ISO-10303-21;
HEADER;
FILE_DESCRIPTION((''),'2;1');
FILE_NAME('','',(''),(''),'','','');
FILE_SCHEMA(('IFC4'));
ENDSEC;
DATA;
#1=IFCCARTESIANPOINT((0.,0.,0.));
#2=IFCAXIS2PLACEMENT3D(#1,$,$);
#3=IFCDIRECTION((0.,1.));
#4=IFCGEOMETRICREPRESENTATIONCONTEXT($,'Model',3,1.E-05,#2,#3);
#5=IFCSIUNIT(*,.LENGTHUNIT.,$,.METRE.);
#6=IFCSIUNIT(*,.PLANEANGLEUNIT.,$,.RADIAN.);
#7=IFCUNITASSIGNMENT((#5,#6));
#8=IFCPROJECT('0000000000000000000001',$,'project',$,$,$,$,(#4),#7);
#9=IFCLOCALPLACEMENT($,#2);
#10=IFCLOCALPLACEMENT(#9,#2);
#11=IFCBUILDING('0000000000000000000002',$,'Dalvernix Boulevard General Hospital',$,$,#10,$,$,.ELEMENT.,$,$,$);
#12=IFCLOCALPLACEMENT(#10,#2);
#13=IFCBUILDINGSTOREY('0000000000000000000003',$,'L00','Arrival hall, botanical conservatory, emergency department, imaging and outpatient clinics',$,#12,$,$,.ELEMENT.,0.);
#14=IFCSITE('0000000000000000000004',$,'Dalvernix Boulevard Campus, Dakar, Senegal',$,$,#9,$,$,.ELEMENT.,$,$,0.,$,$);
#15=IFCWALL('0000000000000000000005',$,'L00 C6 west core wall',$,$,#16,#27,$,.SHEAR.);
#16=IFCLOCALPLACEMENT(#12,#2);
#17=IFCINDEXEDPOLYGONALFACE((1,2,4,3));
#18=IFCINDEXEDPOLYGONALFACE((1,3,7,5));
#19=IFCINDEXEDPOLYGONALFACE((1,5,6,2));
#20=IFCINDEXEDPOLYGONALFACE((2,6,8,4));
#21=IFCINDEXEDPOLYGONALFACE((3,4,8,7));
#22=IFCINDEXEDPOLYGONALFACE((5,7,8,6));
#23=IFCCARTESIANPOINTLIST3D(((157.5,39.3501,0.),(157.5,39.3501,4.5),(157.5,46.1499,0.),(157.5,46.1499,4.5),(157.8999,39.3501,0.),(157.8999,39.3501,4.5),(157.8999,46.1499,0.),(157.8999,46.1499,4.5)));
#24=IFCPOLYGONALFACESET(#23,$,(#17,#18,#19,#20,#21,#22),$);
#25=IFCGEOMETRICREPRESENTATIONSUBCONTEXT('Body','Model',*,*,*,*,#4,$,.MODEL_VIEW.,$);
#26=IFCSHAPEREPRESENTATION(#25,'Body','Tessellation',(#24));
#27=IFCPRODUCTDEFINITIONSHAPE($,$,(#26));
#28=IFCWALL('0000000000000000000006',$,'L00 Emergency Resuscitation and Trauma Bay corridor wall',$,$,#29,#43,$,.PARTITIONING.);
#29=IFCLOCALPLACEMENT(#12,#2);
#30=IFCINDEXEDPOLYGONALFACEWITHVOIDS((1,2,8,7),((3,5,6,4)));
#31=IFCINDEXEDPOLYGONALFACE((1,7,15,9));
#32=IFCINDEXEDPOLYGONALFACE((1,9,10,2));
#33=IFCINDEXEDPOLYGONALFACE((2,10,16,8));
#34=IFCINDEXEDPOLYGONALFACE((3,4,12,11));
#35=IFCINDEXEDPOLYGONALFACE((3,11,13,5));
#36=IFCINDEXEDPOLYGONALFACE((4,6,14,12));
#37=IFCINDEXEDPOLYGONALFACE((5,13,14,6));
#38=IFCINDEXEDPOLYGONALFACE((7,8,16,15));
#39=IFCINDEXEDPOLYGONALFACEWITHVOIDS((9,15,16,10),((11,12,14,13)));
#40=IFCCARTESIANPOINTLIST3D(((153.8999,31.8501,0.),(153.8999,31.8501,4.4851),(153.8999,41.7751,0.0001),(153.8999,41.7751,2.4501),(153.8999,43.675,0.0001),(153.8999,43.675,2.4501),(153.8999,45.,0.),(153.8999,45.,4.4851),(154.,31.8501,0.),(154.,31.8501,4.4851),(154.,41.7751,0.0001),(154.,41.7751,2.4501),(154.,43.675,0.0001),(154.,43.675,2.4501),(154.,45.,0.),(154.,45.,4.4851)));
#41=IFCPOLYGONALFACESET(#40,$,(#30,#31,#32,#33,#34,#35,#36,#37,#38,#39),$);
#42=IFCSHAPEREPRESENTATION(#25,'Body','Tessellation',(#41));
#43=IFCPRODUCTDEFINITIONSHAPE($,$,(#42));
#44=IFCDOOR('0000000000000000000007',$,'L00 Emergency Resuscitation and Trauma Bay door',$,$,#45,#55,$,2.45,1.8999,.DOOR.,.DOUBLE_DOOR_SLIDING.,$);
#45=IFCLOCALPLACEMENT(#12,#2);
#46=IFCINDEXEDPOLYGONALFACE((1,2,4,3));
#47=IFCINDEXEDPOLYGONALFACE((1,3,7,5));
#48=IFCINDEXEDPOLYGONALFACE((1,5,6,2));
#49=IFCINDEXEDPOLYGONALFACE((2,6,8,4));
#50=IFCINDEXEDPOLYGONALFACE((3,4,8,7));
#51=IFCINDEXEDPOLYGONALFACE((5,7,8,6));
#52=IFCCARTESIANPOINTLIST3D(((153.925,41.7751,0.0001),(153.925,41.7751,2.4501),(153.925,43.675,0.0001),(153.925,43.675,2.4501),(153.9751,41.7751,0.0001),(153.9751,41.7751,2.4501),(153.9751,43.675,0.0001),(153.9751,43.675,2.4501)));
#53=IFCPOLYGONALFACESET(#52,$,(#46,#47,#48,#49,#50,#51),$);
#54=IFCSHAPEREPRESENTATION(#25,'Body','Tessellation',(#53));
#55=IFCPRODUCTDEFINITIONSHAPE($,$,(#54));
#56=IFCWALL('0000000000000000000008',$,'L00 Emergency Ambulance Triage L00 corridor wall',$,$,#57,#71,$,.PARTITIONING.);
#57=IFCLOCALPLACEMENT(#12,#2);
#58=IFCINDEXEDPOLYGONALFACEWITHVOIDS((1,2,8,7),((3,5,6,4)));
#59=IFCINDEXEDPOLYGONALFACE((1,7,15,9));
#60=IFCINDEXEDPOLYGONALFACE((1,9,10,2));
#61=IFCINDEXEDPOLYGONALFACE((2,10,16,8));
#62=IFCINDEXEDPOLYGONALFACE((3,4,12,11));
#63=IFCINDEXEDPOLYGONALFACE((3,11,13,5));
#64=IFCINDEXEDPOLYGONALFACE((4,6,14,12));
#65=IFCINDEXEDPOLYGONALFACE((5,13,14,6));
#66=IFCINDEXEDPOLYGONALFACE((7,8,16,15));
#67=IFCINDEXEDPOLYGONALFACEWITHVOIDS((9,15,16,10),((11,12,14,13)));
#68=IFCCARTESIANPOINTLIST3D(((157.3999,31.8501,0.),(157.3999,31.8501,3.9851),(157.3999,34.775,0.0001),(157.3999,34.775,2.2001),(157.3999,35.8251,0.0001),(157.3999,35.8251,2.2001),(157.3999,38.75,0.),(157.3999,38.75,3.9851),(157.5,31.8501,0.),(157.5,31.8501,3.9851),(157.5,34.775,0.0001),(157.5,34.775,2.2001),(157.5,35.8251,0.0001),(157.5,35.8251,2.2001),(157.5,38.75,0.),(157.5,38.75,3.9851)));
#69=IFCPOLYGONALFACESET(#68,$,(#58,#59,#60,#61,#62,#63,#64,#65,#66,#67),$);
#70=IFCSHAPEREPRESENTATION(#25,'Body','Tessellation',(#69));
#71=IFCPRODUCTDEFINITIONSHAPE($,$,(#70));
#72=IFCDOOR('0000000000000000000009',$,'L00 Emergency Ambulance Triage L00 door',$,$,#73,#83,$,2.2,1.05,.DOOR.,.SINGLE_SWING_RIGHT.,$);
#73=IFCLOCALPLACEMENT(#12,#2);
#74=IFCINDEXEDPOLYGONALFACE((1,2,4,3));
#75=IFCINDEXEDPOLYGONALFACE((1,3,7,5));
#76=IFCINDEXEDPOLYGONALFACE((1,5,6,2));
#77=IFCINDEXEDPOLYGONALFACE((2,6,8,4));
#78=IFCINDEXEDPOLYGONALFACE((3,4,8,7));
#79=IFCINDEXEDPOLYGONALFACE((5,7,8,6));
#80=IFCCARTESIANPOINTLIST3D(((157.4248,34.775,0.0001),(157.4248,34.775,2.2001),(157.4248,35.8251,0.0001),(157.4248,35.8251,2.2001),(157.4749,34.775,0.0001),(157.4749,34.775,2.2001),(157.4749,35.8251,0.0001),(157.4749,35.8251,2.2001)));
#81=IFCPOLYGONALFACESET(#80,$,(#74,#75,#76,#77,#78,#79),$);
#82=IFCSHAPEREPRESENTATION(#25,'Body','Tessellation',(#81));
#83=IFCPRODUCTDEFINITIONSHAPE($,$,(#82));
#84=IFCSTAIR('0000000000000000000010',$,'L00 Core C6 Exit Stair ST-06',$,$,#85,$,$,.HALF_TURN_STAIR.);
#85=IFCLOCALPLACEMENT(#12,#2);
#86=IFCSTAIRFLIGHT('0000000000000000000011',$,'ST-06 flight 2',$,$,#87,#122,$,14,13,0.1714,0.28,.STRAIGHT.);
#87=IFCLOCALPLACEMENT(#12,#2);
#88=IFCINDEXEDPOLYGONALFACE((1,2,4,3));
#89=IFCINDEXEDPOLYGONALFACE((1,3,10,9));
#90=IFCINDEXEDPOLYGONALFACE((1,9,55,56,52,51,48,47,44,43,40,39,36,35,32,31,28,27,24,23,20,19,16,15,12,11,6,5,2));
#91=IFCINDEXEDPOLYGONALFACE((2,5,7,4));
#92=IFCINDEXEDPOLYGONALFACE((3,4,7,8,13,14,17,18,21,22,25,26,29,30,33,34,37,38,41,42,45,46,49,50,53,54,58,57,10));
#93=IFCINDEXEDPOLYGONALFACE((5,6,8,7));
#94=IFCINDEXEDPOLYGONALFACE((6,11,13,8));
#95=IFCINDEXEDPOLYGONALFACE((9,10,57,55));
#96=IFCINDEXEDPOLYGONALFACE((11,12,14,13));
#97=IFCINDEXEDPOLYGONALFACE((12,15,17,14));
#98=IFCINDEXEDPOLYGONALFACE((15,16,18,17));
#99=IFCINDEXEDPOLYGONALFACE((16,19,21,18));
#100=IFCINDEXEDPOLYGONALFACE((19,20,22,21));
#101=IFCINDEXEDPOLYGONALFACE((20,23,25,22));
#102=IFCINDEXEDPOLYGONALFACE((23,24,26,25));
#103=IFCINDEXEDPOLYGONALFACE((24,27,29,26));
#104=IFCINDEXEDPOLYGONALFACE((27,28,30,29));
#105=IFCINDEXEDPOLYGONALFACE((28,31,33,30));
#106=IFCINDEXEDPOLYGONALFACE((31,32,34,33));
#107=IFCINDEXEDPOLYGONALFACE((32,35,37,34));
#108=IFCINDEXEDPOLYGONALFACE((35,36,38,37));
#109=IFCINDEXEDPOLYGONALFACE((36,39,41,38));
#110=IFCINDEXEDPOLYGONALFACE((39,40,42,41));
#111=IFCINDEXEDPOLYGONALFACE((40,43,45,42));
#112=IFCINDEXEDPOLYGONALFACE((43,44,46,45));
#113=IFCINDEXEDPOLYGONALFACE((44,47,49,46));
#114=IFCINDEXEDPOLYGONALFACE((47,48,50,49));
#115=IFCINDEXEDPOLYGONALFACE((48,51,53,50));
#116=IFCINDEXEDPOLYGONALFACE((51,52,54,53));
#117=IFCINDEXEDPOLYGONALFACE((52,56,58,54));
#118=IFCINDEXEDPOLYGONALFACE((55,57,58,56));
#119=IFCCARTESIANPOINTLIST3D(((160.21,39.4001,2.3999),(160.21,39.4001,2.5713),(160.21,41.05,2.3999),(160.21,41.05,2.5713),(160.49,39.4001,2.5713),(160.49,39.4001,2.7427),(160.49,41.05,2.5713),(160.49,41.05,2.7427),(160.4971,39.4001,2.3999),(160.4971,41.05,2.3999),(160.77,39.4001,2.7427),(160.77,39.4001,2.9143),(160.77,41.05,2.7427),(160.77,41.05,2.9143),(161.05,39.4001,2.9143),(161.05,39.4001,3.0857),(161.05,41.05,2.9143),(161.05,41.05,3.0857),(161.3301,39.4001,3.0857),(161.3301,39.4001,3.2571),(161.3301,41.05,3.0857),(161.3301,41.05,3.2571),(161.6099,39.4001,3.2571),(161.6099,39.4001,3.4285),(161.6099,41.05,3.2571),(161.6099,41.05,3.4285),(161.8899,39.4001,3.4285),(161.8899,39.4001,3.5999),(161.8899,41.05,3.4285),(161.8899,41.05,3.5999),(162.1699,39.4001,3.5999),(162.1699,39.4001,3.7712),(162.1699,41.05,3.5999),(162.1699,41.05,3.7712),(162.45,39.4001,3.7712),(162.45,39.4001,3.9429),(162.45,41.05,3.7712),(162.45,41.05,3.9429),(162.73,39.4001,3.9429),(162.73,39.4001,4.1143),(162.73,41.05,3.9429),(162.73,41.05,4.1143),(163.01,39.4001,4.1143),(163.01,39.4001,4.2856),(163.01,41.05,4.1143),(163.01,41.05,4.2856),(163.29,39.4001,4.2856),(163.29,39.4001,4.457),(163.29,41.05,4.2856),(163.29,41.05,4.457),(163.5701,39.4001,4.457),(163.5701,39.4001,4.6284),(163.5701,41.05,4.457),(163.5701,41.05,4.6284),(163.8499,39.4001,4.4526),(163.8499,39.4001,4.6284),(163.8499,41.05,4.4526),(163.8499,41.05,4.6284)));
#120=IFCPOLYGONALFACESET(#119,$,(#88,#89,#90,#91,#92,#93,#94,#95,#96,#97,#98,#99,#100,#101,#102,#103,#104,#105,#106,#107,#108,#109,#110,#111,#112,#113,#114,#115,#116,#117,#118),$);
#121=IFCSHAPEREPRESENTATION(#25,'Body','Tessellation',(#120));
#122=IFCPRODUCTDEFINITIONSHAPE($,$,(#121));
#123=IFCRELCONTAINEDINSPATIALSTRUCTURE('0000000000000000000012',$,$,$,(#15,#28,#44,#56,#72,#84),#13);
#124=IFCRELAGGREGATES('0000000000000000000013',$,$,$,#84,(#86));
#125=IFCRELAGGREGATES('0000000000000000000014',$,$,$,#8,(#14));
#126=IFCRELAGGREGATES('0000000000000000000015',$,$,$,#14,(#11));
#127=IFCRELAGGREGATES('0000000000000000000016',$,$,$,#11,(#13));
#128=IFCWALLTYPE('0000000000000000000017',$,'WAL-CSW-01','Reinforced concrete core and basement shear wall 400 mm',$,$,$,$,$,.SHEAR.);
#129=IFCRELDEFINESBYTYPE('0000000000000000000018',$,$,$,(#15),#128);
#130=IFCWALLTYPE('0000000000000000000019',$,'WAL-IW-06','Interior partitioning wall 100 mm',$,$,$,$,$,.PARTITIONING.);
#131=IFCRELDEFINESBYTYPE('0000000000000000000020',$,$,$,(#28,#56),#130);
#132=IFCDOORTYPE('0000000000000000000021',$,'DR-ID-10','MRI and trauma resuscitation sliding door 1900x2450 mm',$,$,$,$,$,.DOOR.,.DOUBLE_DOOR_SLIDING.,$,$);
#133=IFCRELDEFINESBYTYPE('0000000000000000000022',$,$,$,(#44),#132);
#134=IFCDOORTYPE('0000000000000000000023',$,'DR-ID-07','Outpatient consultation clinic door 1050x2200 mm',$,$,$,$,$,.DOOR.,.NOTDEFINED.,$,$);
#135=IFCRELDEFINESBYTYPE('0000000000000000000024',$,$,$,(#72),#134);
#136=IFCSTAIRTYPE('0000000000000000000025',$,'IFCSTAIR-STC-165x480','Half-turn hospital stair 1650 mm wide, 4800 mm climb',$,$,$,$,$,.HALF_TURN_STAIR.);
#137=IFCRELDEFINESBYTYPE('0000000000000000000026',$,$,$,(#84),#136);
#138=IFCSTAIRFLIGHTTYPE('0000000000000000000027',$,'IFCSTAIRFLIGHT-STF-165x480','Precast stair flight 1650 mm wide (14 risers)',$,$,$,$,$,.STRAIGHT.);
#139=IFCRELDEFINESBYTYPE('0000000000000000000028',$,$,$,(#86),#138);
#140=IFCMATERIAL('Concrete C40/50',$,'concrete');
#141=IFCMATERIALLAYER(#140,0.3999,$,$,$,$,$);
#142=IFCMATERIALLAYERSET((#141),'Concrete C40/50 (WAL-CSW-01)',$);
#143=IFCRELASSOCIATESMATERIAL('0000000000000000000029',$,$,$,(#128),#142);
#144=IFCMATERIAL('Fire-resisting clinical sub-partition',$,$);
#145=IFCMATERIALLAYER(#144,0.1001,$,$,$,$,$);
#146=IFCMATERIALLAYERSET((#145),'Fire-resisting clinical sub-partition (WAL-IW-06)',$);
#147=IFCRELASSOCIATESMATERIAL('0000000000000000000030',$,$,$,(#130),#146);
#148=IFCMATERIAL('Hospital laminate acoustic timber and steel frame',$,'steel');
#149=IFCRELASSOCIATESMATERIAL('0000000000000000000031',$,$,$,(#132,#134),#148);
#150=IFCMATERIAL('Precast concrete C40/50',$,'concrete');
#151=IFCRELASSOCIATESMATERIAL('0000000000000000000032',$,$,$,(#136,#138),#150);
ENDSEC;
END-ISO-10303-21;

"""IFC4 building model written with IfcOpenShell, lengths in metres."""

from ifc_helpers import new_model, si_unit, direction, frame, frame_2d, origin, place, context, subcontext, project, spatial, polyline, rectangle, outline, extrude, material, layer, layer_set, type_object, element, fill, aggregate, save


model = new_model("IFC4")

# Units and contexts
model_context = context("Model", 3, precision=1e-05, world=origin(), true_north=direction((0.0, 1.0)))
body_context = subcontext(model_context, "Body", "Model", "MODEL_VIEW")
ifc_project = project(units=[si_unit("LENGTHUNIT", "METRE"), si_unit("PLANEANGLEUNIT", "RADIAN")], contexts=[model_context])

# Site, building, storey
site_placement = place(None, origin())
site = spatial("IfcSite", under=ifc_project, at=site_placement, Name="Dalvernix Boulevard Campus, Dakar, Senegal", CompositionType="ELEMENT", RefElevation=0.0)
building_placement = place(site_placement, origin())
building = spatial("IfcBuilding", under=site, at=building_placement, Name="Dalvernix Boulevard General Hospital", CompositionType="ELEMENT")
storey_placement = place(building_placement, origin())
storey = spatial("IfcBuildingStorey", under=building, at=storey_placement, Name="L00", Description="Arrival hall, botanical conservatory, emergency department, imaging and outpatient clinics", CompositionType="ELEMENT", Elevation=0.0)

# Shared definitions
ifc_material_1 = material(Name="Concrete C40/50", Category="concrete")

# Wall
ifc_layer_1 = layer(ifc_material_1, 0.3999)
ifc_layer_set_1 = layer_set([ifc_layer_1], Name="Concrete C40/50 (WAL-CSW-01)")
wall_type_1 = type_object("IfcWallType", Name="WAL-CSW-01", Description="Reinforced concrete core and basement shear wall 400 mm", PredefinedType="SHEAR", material=ifc_layer_set_1)
wall_1_placement = place(storey_placement, frame((157.7, 39.3501, 0.0), z_axis=(0.0, 0.0, 1.0), x_axis=(0.0, 1.0, 0.0)))
element("IfcWall", 1, at=wall_1_placement, inside=storey, type_object=wall_type_1, Name="L00 C6 west core wall", PredefinedType="SHEAR", context=body_context, shape_type="SweptSolid", body=[
    extrude(rectangle(XDim=6.7998, YDim=0.3999, at=frame_2d((3.3999, 0.0))), origin(), (0.0, 0.0, 1.0), 4.5),
])

# Walls, openings, doors
ifc_material_2 = material(Name="Fire-resisting clinical sub-partition")
ifc_layer_2 = layer(ifc_material_2, 0.1001)
ifc_layer_set_2 = layer_set([ifc_layer_2], Name="Fire-resisting clinical sub-partition (WAL-IW-06)")
wall_type_2 = type_object("IfcWallType", Name="WAL-IW-06", Description="Interior partitioning wall 100 mm", PredefinedType="PARTITIONING", material=ifc_layer_set_2)
wall_2_placement = place(storey_placement, frame((153.95, 31.8501, 0.0), z_axis=(0.0, 0.0, 1.0), x_axis=(0.0, 1.0, 0.0)))
wall_2 = element("IfcWall", 2, at=wall_2_placement, inside=storey, type_object=wall_type_2, Name="L00 Emergency Resuscitation and Trauma Bay corridor wall", PredefinedType="PARTITIONING", context=body_context, shape_type="SweptSolid", body=[
    extrude(rectangle(XDim=13.1499, YDim=0.1001, at=frame_2d((6.575, 0.0))), origin(), (0.0, 0.0, 1.0), 4.4851),
])
opening_1_placement = place(wall_2_placement, frame((9.925, 0.0, 0.0)))
opening_1 = element("IfcOpeningElement", 3, at=opening_1_placement, cuts=wall_2, PredefinedType="OPENING", context=body_context, shape_type="SweptSolid", body=[
    extrude(rectangle(XDim=1.8999, YDim=2.45, at=frame_2d((0.95, 1.2251))), frame((0.0, 0.0601, 0.0), z_axis=(0.0, -1.0, 0.0), x_axis=(1.0, 0.0, 0.0)), (0.0, 0.0, 1.0), 0.1201),
])
ifc_material_3 = material(Name="Hospital laminate acoustic timber and steel frame", Category="steel")
door_type_1 = type_object("IfcDoorType", Name="DR-ID-10", Description="MRI and trauma resuscitation sliding door 1900x2450 mm", OperationType="DOUBLE_DOOR_SLIDING", PredefinedType="DOOR", material=ifc_material_3)
door_1_placement = place(opening_1_placement, origin())
door_1 = element("IfcDoor", 4, at=door_1_placement, inside=storey, type_object=door_type_1, Name="L00 Emergency Resuscitation and Trauma Bay door", OperationType="DOUBLE_DOOR_SLIDING", OverallHeight=2.45, OverallWidth=1.8999, PredefinedType="DOOR", context=body_context, shape_type="SweptSolid", body=[
    extrude(rectangle(XDim=1.8999, YDim=2.45, at=frame_2d((0.95, 1.2251))), frame((0.0, 0.0249, 0.0), z_axis=(0.0, -1.0, 0.0), x_axis=(1.0, 0.0, 0.0)), (0.0, 0.0, 1.0), 0.05),
])
fill(opening_1, door_1)
wall_3_placement = place(storey_placement, frame((157.45, 38.75, 0.0), z_axis=(0.0, 0.0, 1.0), x_axis=(0.0, -1.0, 0.0)))
wall_3 = element("IfcWall", 5, at=wall_3_placement, inside=storey, type_object=wall_type_2, Name="L00 Emergency Ambulance Triage L00 corridor wall", PredefinedType="PARTITIONING", context=body_context, shape_type="SweptSolid", body=[
    extrude(rectangle(XDim=6.8999, YDim=0.1001, at=frame_2d((3.45, 0.0))), origin(), (0.0, 0.0, 1.0), 3.9851),
])
opening_2_placement = place(wall_3_placement, frame((2.925, 0.0, 0.0)))
opening_2 = element("IfcOpeningElement", 6, at=opening_2_placement, cuts=wall_3, PredefinedType="OPENING", context=body_context, shape_type="SweptSolid", body=[
    extrude(rectangle(XDim=1.05, YDim=2.2, at=frame_2d((0.5249, 1.1001))), frame((0.0, 0.0601, 0.0), z_axis=(0.0, -1.0, 0.0), x_axis=(1.0, 0.0, 0.0)), (0.0, 0.0, 1.0), 0.1201),
])
door_type_2 = type_object("IfcDoorType", Name="DR-ID-07", Description="Outpatient consultation clinic door 1050x2200 mm", OperationType="NOTDEFINED", PredefinedType="DOOR", material=ifc_material_3)
door_2_placement = place(opening_2_placement, origin())
door_2 = element("IfcDoor", 7, at=door_2_placement, inside=storey, type_object=door_type_2, Name="L00 Emergency Ambulance Triage L00 door", OperationType="SINGLE_SWING_RIGHT", OverallHeight=2.2, OverallWidth=1.05, PredefinedType="DOOR", context=body_context, shape_type="SweptSolid", body=[
    extrude(rectangle(XDim=1.05, YDim=2.2, at=frame_2d((0.5249, 1.1001))), frame((0.0, 0.0249, 0.0), z_axis=(0.0, -1.0, 0.0), x_axis=(1.0, 0.0, 0.0)), (0.0, 0.0, 1.0), 0.05),
])
fill(opening_2, door_2)

# Stair, stair flight
ifc_material_4 = material(Name="Precast concrete C40/50", Category="concrete")
stair_type = type_object("IfcStairType", Name="IFCSTAIR-STC-165x480", Description="Half-turn hospital stair 1650 mm wide, 4800 mm climb", PredefinedType="HALF_TURN_STAIR", material=ifc_material_4)
stair_placement = place(storey_placement, origin())
stair = element("IfcStair", 8, at=stair_placement, inside=storey, type_object=stair_type, Name="L00 Core C6 Exit Stair ST-06", PredefinedType="HALF_TURN_STAIR")
stair_flight_type = type_object("IfcStairFlightType", Name="IFCSTAIRFLIGHT-STF-165x480", Description="Precast stair flight 1650 mm wide (14 risers)", PredefinedType="STRAIGHT", material=ifc_material_4)
stair_flight_placement = place(storey_placement, frame((160.21, 40.2251, 2.3999), z_axis=(0.0, 0.0, 1.0), x_axis=(1.0, 0.0, 0.0)))
stair_flight = element("IfcStairFlight", 9, at=stair_flight_placement, type_object=stair_flight_type, Name="ST-06 flight 2", NumberOfRisers=14, NumberOfTreads=13, PredefinedType="STRAIGHT", RiserHeight=0.1714, TreadLength=0.28, context=body_context, shape_type="SweptSolid", body=[
    extrude(outline(polyline([(0.0, 0.0), (0.0, 0.1714), (0.28, 0.1714), (0.28, 0.3428), (0.5601, 0.3428), (0.5601, 0.5144), (0.8401, 0.5144), (0.8401, 0.6858), (1.1201, 0.6858), (1.1201, 0.8572), (1.3999, 0.8572), (1.3999, 1.0286), (1.6799, 1.0286), (1.6799, 1.2), (1.96, 1.2), (1.96, 1.3713), (2.24, 1.3713), (2.24, 1.543), (2.52, 1.543), (2.52, 1.7144), (2.8, 1.7144), (2.8, 1.8857), (3.0801, 1.8857), (3.0801, 2.0571), (3.3601, 2.0571), (3.3601, 2.2285), (3.6399, 2.2285), (3.6399, 2.3999), (3.6399, 2.0527), (0.2871, 0.0), (0.0, 0.0)])), frame((0.0, 0.825, 0.0), z_axis=(0.0, -1.0, 0.0), x_axis=(1.0, 0.0, 0.0)), (0.0, 0.0, 1.0), 1.6499),
])
aggregate(stair, [stair_flight])

save(model, "model.ifc")
